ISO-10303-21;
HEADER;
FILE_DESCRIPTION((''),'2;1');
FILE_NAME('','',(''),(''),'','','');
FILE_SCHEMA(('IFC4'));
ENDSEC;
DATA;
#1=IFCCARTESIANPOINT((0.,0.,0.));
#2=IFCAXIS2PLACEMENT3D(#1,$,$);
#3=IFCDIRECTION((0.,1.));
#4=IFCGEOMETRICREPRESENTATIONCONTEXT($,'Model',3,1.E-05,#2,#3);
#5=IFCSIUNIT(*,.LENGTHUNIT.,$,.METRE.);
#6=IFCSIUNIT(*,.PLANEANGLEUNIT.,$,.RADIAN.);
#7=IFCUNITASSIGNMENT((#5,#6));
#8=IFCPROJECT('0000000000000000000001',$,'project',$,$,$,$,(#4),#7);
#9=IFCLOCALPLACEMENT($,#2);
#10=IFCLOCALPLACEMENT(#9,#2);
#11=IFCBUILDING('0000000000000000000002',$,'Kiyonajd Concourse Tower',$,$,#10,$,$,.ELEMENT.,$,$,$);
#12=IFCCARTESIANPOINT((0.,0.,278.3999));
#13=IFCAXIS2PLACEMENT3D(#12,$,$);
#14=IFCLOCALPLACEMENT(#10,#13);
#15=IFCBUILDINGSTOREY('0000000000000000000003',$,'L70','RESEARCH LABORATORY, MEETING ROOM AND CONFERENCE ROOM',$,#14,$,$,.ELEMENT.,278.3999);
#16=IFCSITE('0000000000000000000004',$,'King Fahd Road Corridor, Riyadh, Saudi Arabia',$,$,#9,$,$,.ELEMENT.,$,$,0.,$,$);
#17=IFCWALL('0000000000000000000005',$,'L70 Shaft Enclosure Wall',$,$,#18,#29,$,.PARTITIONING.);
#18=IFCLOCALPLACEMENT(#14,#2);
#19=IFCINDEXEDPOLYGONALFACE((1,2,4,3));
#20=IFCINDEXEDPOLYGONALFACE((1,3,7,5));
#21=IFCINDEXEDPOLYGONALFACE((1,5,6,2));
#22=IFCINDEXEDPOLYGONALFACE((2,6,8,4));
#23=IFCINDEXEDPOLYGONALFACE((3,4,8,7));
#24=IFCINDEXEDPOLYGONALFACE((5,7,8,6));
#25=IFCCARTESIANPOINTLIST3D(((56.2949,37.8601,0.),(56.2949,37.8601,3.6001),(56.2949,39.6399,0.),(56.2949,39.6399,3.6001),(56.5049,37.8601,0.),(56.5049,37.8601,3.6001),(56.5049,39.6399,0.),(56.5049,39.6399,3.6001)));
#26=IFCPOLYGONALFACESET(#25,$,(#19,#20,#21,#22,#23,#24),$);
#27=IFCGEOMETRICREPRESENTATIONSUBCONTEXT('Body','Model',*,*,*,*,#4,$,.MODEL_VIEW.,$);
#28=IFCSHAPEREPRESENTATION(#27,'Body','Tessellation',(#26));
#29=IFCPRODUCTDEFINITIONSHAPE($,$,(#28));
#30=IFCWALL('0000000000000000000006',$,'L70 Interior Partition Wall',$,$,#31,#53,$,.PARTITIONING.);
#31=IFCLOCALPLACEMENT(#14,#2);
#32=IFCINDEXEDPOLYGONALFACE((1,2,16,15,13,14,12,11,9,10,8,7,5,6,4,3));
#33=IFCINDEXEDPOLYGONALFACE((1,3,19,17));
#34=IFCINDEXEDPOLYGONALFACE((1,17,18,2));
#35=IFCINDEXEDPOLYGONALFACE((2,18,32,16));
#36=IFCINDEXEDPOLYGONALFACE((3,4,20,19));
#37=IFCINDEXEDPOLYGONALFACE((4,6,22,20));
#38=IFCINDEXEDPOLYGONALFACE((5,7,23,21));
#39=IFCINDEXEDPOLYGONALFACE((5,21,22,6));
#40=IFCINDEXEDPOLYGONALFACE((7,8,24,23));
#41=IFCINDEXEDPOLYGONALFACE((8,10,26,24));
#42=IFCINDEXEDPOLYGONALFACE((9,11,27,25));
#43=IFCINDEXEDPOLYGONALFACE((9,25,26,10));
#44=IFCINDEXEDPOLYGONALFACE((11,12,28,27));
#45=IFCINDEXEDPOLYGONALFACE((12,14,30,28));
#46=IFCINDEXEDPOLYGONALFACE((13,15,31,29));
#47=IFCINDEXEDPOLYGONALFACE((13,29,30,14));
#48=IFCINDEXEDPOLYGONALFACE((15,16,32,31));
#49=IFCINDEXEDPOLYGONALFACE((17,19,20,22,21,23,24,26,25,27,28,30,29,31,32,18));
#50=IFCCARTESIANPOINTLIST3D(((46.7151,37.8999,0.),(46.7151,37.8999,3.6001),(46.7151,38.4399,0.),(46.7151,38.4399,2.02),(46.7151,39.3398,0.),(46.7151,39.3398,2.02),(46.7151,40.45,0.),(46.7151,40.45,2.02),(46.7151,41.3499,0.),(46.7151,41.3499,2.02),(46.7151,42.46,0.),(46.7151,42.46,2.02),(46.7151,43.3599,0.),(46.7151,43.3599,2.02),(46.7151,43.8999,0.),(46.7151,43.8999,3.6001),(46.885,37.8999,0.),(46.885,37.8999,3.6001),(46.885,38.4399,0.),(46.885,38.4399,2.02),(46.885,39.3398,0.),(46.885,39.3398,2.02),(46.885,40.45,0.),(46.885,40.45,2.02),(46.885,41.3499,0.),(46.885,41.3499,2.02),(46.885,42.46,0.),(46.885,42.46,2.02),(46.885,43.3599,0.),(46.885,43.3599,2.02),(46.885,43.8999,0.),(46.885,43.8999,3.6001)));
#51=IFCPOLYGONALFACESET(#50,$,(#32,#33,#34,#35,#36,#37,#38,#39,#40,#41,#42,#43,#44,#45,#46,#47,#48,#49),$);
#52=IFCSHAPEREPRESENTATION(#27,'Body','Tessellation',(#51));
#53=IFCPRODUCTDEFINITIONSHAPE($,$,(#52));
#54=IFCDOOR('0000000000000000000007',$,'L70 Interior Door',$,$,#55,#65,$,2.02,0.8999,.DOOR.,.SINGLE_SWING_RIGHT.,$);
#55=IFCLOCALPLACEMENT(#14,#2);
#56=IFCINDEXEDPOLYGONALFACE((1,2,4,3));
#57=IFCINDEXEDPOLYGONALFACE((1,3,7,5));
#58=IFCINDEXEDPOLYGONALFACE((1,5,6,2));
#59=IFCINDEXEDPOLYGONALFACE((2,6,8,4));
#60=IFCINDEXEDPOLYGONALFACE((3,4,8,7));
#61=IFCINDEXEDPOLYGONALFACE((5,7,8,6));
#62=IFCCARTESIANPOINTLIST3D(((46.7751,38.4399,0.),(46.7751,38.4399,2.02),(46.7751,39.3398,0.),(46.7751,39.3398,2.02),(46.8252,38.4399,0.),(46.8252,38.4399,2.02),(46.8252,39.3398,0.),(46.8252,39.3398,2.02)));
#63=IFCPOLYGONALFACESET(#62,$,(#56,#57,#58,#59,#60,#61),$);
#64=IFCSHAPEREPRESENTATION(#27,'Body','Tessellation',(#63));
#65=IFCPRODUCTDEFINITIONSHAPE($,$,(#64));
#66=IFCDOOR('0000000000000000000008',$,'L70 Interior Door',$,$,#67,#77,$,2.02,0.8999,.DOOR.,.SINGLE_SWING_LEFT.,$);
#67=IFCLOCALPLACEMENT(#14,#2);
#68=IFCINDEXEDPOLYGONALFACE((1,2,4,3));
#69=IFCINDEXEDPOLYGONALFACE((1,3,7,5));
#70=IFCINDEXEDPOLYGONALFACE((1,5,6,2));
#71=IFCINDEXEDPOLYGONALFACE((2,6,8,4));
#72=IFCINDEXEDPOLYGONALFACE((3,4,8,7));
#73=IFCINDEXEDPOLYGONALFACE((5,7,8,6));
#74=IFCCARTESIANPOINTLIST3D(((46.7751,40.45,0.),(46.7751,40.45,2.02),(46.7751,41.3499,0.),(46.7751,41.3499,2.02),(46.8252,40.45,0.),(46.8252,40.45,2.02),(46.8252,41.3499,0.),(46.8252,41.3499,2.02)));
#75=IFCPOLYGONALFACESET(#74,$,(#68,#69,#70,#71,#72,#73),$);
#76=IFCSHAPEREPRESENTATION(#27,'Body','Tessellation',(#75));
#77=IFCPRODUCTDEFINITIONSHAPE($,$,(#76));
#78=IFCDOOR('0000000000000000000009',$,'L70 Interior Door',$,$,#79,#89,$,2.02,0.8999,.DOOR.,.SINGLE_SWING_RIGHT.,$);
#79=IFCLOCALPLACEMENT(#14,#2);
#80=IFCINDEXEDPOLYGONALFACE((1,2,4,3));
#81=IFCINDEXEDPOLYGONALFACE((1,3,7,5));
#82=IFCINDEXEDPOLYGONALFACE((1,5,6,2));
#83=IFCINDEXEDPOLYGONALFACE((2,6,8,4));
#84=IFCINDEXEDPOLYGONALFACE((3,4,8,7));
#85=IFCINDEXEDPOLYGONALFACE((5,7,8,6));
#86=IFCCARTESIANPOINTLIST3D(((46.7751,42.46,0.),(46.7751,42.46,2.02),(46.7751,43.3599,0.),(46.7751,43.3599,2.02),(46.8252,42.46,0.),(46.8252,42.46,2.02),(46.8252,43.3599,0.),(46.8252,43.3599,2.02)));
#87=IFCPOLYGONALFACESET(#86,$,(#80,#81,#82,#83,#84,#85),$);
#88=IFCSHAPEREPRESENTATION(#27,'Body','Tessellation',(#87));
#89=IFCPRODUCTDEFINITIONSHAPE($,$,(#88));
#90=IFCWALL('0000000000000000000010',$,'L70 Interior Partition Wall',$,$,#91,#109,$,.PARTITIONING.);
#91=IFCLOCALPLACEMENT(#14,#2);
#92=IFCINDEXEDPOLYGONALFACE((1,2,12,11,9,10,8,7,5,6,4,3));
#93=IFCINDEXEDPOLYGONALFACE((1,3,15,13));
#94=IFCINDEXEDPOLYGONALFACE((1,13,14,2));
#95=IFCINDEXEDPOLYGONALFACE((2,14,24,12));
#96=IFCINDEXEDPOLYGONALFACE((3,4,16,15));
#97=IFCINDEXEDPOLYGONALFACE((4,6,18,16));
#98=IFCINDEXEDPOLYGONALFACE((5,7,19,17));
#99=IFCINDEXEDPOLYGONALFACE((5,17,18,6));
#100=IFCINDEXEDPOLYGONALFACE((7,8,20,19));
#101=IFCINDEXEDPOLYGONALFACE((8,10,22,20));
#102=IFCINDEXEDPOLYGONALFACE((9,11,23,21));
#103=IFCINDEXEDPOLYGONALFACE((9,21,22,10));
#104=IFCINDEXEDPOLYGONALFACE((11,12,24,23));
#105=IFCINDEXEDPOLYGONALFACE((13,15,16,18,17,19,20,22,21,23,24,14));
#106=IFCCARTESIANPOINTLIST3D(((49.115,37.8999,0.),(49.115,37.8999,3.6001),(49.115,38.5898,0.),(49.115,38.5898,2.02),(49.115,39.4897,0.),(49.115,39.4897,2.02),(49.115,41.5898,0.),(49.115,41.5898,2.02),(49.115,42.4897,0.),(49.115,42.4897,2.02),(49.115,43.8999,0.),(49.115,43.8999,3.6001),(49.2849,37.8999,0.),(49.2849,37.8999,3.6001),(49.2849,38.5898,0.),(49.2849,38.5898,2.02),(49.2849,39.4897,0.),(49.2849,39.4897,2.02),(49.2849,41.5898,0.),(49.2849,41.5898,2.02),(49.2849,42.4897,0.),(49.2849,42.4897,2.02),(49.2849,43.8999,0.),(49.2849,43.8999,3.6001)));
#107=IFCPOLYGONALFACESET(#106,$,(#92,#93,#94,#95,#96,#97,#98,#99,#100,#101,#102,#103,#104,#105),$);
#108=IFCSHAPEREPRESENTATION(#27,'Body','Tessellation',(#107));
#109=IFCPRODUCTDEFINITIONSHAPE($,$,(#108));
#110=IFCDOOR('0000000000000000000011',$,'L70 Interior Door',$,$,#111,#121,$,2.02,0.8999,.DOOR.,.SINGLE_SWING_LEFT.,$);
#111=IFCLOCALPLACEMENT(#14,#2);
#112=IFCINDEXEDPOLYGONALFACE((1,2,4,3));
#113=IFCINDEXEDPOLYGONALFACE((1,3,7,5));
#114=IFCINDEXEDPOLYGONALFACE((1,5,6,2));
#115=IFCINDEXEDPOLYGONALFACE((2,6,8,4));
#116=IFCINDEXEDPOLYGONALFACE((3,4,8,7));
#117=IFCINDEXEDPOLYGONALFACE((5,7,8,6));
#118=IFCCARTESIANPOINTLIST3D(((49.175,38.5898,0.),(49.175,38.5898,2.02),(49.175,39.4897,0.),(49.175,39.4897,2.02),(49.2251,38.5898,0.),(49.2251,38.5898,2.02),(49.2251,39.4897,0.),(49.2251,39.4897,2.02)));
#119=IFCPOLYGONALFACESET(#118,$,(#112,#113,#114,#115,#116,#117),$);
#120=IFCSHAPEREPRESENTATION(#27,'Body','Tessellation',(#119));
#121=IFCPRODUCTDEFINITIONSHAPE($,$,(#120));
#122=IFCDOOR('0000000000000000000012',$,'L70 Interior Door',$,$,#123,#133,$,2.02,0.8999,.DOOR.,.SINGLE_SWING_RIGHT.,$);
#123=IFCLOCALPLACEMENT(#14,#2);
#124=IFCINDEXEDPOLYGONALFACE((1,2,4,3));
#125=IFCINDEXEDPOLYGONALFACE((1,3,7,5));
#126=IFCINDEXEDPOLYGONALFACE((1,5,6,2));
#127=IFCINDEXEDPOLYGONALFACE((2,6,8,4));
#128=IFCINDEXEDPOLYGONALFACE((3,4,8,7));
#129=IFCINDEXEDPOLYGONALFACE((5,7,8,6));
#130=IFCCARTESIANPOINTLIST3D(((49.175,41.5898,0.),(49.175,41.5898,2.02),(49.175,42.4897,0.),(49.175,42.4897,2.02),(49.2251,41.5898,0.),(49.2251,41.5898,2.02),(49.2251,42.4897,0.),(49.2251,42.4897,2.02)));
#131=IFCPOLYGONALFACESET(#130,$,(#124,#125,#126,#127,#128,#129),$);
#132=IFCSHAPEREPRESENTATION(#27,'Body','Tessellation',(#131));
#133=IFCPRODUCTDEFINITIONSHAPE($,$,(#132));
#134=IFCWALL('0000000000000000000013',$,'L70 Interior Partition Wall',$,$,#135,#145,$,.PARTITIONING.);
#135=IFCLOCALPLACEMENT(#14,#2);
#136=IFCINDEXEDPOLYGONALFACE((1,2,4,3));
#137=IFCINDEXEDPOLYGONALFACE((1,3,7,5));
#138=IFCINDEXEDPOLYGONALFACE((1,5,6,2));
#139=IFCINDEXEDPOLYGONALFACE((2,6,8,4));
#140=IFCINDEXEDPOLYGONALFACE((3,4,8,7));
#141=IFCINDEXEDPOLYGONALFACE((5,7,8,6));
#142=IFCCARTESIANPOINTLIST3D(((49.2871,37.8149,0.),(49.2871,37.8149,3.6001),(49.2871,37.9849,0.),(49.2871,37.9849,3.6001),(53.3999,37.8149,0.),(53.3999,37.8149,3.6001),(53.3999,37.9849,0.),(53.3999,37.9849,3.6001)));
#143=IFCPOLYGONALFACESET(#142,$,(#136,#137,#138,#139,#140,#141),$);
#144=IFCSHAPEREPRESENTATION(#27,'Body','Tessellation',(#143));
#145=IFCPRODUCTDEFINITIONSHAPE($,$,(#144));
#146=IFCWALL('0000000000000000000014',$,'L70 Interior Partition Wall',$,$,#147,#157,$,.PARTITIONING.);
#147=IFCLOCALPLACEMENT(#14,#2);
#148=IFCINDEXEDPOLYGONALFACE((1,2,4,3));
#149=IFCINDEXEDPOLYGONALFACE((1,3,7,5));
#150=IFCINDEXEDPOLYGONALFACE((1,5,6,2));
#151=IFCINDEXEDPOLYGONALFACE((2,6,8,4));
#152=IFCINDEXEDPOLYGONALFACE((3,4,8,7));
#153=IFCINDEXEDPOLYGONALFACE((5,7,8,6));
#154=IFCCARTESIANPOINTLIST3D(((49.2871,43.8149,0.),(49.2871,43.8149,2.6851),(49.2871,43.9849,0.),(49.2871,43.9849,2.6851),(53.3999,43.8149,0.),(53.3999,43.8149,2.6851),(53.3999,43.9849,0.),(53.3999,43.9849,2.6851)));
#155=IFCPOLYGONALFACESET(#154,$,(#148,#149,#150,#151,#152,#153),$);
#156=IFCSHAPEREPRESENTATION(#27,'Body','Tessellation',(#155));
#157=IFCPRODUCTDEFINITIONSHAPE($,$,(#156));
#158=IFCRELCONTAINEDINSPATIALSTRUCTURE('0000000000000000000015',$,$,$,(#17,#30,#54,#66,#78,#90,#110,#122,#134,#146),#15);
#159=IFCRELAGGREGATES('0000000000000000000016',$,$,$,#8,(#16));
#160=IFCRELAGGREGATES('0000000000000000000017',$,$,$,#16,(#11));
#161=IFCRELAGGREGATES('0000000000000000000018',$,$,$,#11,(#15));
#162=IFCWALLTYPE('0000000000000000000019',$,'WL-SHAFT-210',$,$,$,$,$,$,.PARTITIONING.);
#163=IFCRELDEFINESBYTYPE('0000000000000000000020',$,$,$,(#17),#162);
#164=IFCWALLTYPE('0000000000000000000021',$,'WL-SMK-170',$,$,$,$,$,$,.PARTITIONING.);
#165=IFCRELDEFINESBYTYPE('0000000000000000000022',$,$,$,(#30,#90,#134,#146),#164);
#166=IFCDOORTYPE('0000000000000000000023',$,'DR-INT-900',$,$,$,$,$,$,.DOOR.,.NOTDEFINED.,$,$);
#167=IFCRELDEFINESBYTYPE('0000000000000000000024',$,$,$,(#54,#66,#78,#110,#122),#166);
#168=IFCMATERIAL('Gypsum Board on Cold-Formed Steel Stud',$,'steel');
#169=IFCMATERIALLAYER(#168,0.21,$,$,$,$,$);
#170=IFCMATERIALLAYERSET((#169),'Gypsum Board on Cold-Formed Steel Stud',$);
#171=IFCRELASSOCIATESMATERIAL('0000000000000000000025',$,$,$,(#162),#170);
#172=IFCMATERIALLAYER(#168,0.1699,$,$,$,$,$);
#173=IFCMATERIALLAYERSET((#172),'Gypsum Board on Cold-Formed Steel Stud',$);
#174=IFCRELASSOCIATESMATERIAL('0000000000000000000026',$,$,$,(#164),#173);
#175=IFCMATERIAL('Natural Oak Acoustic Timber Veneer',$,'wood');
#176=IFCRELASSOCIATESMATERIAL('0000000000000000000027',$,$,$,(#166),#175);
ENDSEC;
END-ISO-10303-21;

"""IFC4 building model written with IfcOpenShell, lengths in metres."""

from ifc_helpers import new_model, si_unit, direction, frame, frame_2d, origin, place, context, subcontext, project, spatial, rectangle, extrude, material, layer, layer_set, type_object, element, fill, save


model = new_model("IFC4")

# Units and contexts
model_context = context("Model", 3, precision=1e-05, world=origin(), true_north=direction((0.0, 1.0)))
body_context = subcontext(model_context, "Body", "Model", "MODEL_VIEW")
ifc_project = project(units=[si_unit("LENGTHUNIT", "METRE"), si_unit("PLANEANGLEUNIT", "RADIAN")], contexts=[model_context])

# Site, building, storey
site_placement = place(None, origin())
site = spatial("IfcSite", under=ifc_project, at=site_placement, Name="King Fahd Road Corridor, Riyadh, Saudi Arabia", CompositionType="ELEMENT", RefElevation=0.0)
building_placement = place(site_placement, origin())
building = spatial("IfcBuilding", under=site, at=building_placement, Name="Kiyonajd Concourse Tower", CompositionType="ELEMENT")
storey_placement = place(building_placement, frame((0.0, 0.0, 278.3999)))
storey = spatial("IfcBuildingStorey", under=building, at=storey_placement, Name="L70", Description="RESEARCH LABORATORY, MEETING ROOM AND CONFERENCE ROOM", CompositionType="ELEMENT", Elevation=278.3999)

# Wall
ifc_material_1 = material(Name="Gypsum Board on Cold-Formed Steel Stud", Category="steel")
ifc_layer_1 = layer(ifc_material_1, 0.21)
ifc_layer_set_1 = layer_set([ifc_layer_1], Name="Gypsum Board on Cold-Formed Steel Stud")
wall_type_1 = type_object("IfcWallType", Name="WL-SHAFT-210", PredefinedType="PARTITIONING", material=ifc_layer_set_1)
wall_1_placement = place(storey_placement, frame((56.3999, 37.8601, 0.0), z_axis=(0.0, 0.0, 1.0), x_axis=(0.0, 1.0, 0.0)))
element("IfcWall", 1, at=wall_1_placement, inside=storey, type_object=wall_type_1, Name="L70 Shaft Enclosure Wall", PredefinedType="PARTITIONING", context=body_context, shape_type="SweptSolid", body=[
    extrude(rectangle(XDim=1.7798, YDim=0.21, at=frame_2d((0.8899, 0.0))), origin(), (0.0, 0.0, 1.0), 3.6001),
])

# Walls, openings, doors
ifc_layer_2 = layer(ifc_material_1, 0.1699)
ifc_layer_set_2 = layer_set([ifc_layer_2], Name="Gypsum Board on Cold-Formed Steel Stud")
wall_type_2 = type_object("IfcWallType", Name="WL-SMK-170", PredefinedType="PARTITIONING", material=ifc_layer_set_2)
wall_2_placement = place(storey_placement, frame((46.8, 37.8999, 0.0), z_axis=(0.0, 0.0, 1.0), x_axis=(0.0, 1.0, 0.0)))
wall_2 = element("IfcWall", 2, at=wall_2_placement, inside=storey, type_object=wall_type_2, Name="L70 Interior Partition Wall", PredefinedType="PARTITIONING", context=body_context, shape_type="SweptSolid", body=[
    extrude(rectangle(XDim=6.0, YDim=0.1699, at=frame_2d((3.0, 0.0))), origin(), (0.0, 0.0, 1.0), 3.6001),
])
opening_1_placement = place(wall_2_placement, frame((0.54, 0.0, 0.0)))
opening_1 = element("IfcOpeningElement", 3, at=opening_1_placement, cuts=wall_2, PredefinedType="OPENING", context=body_context, shape_type="SweptSolid", body=[
    extrude(rectangle(XDim=0.8999, YDim=2.02, at=frame_2d((0.45, 1.01))), frame((0.0, 0.095, 0.0), z_axis=(0.0, -1.0, 0.0), x_axis=(1.0, 0.0, 0.0)), (0.0, 0.0, 1.0), 0.1899),
])
opening_2_placement = place(wall_2_placement, frame((2.55, 0.0, 0.0)))
opening_2 = element("IfcOpeningElement", 4, at=opening_2_placement, cuts=wall_2, PredefinedType="OPENING", context=body_context, shape_type="SweptSolid", body=[
    extrude(rectangle(XDim=0.8999, YDim=2.02, at=frame_2d((0.45, 1.01))), frame((0.0, 0.095, 0.0), z_axis=(0.0, -1.0, 0.0), x_axis=(1.0, 0.0, 0.0)), (0.0, 0.0, 1.0), 0.1899),
])
opening_3_placement = place(wall_2_placement, frame((4.5601, 0.0, 0.0)))
opening_3 = element("IfcOpeningElement", 5, at=opening_3_placement, cuts=wall_2, PredefinedType="OPENING", context=body_context, shape_type="SweptSolid", body=[
    extrude(rectangle(XDim=0.8999, YDim=2.02, at=frame_2d((0.45, 1.01))), frame((0.0, 0.095, 0.0), z_axis=(0.0, -1.0, 0.0), x_axis=(1.0, 0.0, 0.0)), (0.0, 0.0, 1.0), 0.1899),
])
ifc_material_2 = material(Name="Natural Oak Acoustic Timber Veneer", Category="wood")
door_type_1 = type_object("IfcDoorType", Name="DR-INT-900", OperationType="NOTDEFINED", PredefinedType="DOOR", material=ifc_material_2)
door_1_placement = place(opening_1_placement, origin())
door_1 = element("IfcDoor", 6, at=door_1_placement, inside=storey, type_object=door_type_1, Name="L70 Interior Door", OperationType="SINGLE_SWING_RIGHT", OverallHeight=2.02, OverallWidth=0.8999, PredefinedType="DOOR", context=body_context, shape_type="SweptSolid", body=[
    extrude(rectangle(XDim=0.8999, YDim=2.02, at=frame_2d((0.45, 1.01))), frame((0.0, 0.0249, 0.0), z_axis=(0.0, -1.0, 0.0), x_axis=(1.0, 0.0, 0.0)), (0.0, 0.0, 1.0), 0.05),
])
fill(opening_1, door_1)
door_2_placement = place(opening_2_placement, origin())
door_2 = element("IfcDoor", 7, at=door_2_placement, inside=storey, type_object=door_type_1, Name="L70 Interior Door", OperationType="SINGLE_SWING_LEFT", OverallHeight=2.02, OverallWidth=0.8999, PredefinedType="DOOR", context=body_context, shape_type="SweptSolid", body=[
    extrude(rectangle(XDim=0.8999, YDim=2.02, at=frame_2d((0.45, 1.01))), frame((0.0, 0.0249, 0.0), z_axis=(0.0, -1.0, 0.0), x_axis=(1.0, 0.0, 0.0)), (0.0, 0.0, 1.0), 0.05),
])
fill(opening_2, door_2)
door_3_placement = place(opening_3_placement, origin())
door_3 = element("IfcDoor", 8, at=door_3_placement, inside=storey, type_object=door_type_1, Name="L70 Interior Door", OperationType="SINGLE_SWING_RIGHT", OverallHeight=2.02, OverallWidth=0.8999, PredefinedType="DOOR", context=body_context, shape_type="SweptSolid", body=[
    extrude(rectangle(XDim=0.8999, YDim=2.02, at=frame_2d((0.45, 1.01))), frame((0.0, 0.0249, 0.0), z_axis=(0.0, -1.0, 0.0), x_axis=(1.0, 0.0, 0.0)), (0.0, 0.0, 1.0), 0.05),
])
fill(opening_3, door_3)
wall_3_placement = place(storey_placement, frame((49.2, 37.8999, 0.0), z_axis=(0.0, 0.0, 1.0), x_axis=(0.0, 1.0, 0.0)))
wall_3 = element("IfcWall", 9, at=wall_3_placement, inside=storey, type_object=wall_type_2, Name="L70 Interior Partition Wall", PredefinedType="PARTITIONING", context=body_context, shape_type="SweptSolid", body=[
    extrude(rectangle(XDim=6.0, YDim=0.1699, at=frame_2d((3.0, 0.0))), origin(), (0.0, 0.0, 1.0), 3.6001),
])
opening_4_placement = place(wall_3_placement, frame((0.6899, 0.0, 0.0)))
opening_4 = element("IfcOpeningElement", 10, at=opening_4_placement, cuts=wall_3, PredefinedType="OPENING", context=body_context, shape_type="SweptSolid", body=[
    extrude(rectangle(XDim=0.8999, YDim=2.02, at=frame_2d((0.45, 1.01))), frame((0.0, 0.095, 0.0), z_axis=(0.0, -1.0, 0.0), x_axis=(1.0, 0.0, 0.0)), (0.0, 0.0, 1.0), 0.1899),
])
opening_5_placement = place(wall_3_placement, frame((3.6899, 0.0, 0.0)))
opening_5 = element("IfcOpeningElement", 11, at=opening_5_placement, cuts=wall_3, PredefinedType="OPENING", context=body_context, shape_type="SweptSolid", body=[
    extrude(rectangle(XDim=0.8999, YDim=2.02, at=frame_2d((0.45, 1.01))), frame((0.0, 0.095, 0.0), z_axis=(0.0, -1.0, 0.0), x_axis=(1.0, 0.0, 0.0)), (0.0, 0.0, 1.0), 0.1899),
])
door_4_placement = place(opening_4_placement, origin())
door_4 = element("IfcDoor", 12, at=door_4_placement, inside=storey, type_object=door_type_1, Name="L70 Interior Door", OperationType="SINGLE_SWING_LEFT", OverallHeight=2.02, OverallWidth=0.8999, PredefinedType="DOOR", context=body_context, shape_type="SweptSolid", body=[
    extrude(rectangle(XDim=0.8999, YDim=2.02, at=frame_2d((0.45, 1.01))), frame((0.0, 0.0249, 0.0), z_axis=(0.0, -1.0, 0.0), x_axis=(1.0, 0.0, 0.0)), (0.0, 0.0, 1.0), 0.05),
])
fill(opening_4, door_4)
door_5_placement = place(opening_5_placement, origin())
door_5 = element("IfcDoor", 13, at=door_5_placement, inside=storey, type_object=door_type_1, Name="L70 Interior Door", OperationType="SINGLE_SWING_RIGHT", OverallHeight=2.02, OverallWidth=0.8999, PredefinedType="DOOR", context=body_context, shape_type="SweptSolid", body=[
    extrude(rectangle(XDim=0.8999, YDim=2.02, at=frame_2d((0.45, 1.01))), frame((0.0, 0.0249, 0.0), z_axis=(0.0, -1.0, 0.0), x_axis=(1.0, 0.0, 0.0)), (0.0, 0.0, 1.0), 0.05),
])
fill(opening_5, door_5)

# Walls
wall_4_placement = place(storey_placement, frame((49.2871, 37.8999, 0.0), z_axis=(0.0, 0.0, 1.0), x_axis=(1.0, 0.0, 0.0)))
element("IfcWall", 14, at=wall_4_placement, inside=storey, type_object=wall_type_2, Name="L70 Interior Partition Wall", PredefinedType="PARTITIONING", context=body_context, shape_type="SweptSolid", body=[
    extrude(rectangle(XDim=4.1128, YDim=0.1699, at=frame_2d((2.0564, 0.0))), origin(), (0.0, 0.0, 1.0), 3.6001),
])
wall_5_placement = place(storey_placement, frame((49.2871, 43.8999, 0.0), z_axis=(0.0, 0.0, 1.0), x_axis=(1.0, 0.0, 0.0)))
element("IfcWall", 15, at=wall_5_placement, inside=storey, type_object=wall_type_2, Name="L70 Interior Partition Wall", PredefinedType="PARTITIONING", context=body_context, shape_type="SweptSolid", body=[
    extrude(rectangle(XDim=4.1128, YDim=0.1699, at=frame_2d((2.0564, 0.0))), origin(), (0.0, 0.0, 1.0), 2.6851),
])

save(model, "model.ifc")
